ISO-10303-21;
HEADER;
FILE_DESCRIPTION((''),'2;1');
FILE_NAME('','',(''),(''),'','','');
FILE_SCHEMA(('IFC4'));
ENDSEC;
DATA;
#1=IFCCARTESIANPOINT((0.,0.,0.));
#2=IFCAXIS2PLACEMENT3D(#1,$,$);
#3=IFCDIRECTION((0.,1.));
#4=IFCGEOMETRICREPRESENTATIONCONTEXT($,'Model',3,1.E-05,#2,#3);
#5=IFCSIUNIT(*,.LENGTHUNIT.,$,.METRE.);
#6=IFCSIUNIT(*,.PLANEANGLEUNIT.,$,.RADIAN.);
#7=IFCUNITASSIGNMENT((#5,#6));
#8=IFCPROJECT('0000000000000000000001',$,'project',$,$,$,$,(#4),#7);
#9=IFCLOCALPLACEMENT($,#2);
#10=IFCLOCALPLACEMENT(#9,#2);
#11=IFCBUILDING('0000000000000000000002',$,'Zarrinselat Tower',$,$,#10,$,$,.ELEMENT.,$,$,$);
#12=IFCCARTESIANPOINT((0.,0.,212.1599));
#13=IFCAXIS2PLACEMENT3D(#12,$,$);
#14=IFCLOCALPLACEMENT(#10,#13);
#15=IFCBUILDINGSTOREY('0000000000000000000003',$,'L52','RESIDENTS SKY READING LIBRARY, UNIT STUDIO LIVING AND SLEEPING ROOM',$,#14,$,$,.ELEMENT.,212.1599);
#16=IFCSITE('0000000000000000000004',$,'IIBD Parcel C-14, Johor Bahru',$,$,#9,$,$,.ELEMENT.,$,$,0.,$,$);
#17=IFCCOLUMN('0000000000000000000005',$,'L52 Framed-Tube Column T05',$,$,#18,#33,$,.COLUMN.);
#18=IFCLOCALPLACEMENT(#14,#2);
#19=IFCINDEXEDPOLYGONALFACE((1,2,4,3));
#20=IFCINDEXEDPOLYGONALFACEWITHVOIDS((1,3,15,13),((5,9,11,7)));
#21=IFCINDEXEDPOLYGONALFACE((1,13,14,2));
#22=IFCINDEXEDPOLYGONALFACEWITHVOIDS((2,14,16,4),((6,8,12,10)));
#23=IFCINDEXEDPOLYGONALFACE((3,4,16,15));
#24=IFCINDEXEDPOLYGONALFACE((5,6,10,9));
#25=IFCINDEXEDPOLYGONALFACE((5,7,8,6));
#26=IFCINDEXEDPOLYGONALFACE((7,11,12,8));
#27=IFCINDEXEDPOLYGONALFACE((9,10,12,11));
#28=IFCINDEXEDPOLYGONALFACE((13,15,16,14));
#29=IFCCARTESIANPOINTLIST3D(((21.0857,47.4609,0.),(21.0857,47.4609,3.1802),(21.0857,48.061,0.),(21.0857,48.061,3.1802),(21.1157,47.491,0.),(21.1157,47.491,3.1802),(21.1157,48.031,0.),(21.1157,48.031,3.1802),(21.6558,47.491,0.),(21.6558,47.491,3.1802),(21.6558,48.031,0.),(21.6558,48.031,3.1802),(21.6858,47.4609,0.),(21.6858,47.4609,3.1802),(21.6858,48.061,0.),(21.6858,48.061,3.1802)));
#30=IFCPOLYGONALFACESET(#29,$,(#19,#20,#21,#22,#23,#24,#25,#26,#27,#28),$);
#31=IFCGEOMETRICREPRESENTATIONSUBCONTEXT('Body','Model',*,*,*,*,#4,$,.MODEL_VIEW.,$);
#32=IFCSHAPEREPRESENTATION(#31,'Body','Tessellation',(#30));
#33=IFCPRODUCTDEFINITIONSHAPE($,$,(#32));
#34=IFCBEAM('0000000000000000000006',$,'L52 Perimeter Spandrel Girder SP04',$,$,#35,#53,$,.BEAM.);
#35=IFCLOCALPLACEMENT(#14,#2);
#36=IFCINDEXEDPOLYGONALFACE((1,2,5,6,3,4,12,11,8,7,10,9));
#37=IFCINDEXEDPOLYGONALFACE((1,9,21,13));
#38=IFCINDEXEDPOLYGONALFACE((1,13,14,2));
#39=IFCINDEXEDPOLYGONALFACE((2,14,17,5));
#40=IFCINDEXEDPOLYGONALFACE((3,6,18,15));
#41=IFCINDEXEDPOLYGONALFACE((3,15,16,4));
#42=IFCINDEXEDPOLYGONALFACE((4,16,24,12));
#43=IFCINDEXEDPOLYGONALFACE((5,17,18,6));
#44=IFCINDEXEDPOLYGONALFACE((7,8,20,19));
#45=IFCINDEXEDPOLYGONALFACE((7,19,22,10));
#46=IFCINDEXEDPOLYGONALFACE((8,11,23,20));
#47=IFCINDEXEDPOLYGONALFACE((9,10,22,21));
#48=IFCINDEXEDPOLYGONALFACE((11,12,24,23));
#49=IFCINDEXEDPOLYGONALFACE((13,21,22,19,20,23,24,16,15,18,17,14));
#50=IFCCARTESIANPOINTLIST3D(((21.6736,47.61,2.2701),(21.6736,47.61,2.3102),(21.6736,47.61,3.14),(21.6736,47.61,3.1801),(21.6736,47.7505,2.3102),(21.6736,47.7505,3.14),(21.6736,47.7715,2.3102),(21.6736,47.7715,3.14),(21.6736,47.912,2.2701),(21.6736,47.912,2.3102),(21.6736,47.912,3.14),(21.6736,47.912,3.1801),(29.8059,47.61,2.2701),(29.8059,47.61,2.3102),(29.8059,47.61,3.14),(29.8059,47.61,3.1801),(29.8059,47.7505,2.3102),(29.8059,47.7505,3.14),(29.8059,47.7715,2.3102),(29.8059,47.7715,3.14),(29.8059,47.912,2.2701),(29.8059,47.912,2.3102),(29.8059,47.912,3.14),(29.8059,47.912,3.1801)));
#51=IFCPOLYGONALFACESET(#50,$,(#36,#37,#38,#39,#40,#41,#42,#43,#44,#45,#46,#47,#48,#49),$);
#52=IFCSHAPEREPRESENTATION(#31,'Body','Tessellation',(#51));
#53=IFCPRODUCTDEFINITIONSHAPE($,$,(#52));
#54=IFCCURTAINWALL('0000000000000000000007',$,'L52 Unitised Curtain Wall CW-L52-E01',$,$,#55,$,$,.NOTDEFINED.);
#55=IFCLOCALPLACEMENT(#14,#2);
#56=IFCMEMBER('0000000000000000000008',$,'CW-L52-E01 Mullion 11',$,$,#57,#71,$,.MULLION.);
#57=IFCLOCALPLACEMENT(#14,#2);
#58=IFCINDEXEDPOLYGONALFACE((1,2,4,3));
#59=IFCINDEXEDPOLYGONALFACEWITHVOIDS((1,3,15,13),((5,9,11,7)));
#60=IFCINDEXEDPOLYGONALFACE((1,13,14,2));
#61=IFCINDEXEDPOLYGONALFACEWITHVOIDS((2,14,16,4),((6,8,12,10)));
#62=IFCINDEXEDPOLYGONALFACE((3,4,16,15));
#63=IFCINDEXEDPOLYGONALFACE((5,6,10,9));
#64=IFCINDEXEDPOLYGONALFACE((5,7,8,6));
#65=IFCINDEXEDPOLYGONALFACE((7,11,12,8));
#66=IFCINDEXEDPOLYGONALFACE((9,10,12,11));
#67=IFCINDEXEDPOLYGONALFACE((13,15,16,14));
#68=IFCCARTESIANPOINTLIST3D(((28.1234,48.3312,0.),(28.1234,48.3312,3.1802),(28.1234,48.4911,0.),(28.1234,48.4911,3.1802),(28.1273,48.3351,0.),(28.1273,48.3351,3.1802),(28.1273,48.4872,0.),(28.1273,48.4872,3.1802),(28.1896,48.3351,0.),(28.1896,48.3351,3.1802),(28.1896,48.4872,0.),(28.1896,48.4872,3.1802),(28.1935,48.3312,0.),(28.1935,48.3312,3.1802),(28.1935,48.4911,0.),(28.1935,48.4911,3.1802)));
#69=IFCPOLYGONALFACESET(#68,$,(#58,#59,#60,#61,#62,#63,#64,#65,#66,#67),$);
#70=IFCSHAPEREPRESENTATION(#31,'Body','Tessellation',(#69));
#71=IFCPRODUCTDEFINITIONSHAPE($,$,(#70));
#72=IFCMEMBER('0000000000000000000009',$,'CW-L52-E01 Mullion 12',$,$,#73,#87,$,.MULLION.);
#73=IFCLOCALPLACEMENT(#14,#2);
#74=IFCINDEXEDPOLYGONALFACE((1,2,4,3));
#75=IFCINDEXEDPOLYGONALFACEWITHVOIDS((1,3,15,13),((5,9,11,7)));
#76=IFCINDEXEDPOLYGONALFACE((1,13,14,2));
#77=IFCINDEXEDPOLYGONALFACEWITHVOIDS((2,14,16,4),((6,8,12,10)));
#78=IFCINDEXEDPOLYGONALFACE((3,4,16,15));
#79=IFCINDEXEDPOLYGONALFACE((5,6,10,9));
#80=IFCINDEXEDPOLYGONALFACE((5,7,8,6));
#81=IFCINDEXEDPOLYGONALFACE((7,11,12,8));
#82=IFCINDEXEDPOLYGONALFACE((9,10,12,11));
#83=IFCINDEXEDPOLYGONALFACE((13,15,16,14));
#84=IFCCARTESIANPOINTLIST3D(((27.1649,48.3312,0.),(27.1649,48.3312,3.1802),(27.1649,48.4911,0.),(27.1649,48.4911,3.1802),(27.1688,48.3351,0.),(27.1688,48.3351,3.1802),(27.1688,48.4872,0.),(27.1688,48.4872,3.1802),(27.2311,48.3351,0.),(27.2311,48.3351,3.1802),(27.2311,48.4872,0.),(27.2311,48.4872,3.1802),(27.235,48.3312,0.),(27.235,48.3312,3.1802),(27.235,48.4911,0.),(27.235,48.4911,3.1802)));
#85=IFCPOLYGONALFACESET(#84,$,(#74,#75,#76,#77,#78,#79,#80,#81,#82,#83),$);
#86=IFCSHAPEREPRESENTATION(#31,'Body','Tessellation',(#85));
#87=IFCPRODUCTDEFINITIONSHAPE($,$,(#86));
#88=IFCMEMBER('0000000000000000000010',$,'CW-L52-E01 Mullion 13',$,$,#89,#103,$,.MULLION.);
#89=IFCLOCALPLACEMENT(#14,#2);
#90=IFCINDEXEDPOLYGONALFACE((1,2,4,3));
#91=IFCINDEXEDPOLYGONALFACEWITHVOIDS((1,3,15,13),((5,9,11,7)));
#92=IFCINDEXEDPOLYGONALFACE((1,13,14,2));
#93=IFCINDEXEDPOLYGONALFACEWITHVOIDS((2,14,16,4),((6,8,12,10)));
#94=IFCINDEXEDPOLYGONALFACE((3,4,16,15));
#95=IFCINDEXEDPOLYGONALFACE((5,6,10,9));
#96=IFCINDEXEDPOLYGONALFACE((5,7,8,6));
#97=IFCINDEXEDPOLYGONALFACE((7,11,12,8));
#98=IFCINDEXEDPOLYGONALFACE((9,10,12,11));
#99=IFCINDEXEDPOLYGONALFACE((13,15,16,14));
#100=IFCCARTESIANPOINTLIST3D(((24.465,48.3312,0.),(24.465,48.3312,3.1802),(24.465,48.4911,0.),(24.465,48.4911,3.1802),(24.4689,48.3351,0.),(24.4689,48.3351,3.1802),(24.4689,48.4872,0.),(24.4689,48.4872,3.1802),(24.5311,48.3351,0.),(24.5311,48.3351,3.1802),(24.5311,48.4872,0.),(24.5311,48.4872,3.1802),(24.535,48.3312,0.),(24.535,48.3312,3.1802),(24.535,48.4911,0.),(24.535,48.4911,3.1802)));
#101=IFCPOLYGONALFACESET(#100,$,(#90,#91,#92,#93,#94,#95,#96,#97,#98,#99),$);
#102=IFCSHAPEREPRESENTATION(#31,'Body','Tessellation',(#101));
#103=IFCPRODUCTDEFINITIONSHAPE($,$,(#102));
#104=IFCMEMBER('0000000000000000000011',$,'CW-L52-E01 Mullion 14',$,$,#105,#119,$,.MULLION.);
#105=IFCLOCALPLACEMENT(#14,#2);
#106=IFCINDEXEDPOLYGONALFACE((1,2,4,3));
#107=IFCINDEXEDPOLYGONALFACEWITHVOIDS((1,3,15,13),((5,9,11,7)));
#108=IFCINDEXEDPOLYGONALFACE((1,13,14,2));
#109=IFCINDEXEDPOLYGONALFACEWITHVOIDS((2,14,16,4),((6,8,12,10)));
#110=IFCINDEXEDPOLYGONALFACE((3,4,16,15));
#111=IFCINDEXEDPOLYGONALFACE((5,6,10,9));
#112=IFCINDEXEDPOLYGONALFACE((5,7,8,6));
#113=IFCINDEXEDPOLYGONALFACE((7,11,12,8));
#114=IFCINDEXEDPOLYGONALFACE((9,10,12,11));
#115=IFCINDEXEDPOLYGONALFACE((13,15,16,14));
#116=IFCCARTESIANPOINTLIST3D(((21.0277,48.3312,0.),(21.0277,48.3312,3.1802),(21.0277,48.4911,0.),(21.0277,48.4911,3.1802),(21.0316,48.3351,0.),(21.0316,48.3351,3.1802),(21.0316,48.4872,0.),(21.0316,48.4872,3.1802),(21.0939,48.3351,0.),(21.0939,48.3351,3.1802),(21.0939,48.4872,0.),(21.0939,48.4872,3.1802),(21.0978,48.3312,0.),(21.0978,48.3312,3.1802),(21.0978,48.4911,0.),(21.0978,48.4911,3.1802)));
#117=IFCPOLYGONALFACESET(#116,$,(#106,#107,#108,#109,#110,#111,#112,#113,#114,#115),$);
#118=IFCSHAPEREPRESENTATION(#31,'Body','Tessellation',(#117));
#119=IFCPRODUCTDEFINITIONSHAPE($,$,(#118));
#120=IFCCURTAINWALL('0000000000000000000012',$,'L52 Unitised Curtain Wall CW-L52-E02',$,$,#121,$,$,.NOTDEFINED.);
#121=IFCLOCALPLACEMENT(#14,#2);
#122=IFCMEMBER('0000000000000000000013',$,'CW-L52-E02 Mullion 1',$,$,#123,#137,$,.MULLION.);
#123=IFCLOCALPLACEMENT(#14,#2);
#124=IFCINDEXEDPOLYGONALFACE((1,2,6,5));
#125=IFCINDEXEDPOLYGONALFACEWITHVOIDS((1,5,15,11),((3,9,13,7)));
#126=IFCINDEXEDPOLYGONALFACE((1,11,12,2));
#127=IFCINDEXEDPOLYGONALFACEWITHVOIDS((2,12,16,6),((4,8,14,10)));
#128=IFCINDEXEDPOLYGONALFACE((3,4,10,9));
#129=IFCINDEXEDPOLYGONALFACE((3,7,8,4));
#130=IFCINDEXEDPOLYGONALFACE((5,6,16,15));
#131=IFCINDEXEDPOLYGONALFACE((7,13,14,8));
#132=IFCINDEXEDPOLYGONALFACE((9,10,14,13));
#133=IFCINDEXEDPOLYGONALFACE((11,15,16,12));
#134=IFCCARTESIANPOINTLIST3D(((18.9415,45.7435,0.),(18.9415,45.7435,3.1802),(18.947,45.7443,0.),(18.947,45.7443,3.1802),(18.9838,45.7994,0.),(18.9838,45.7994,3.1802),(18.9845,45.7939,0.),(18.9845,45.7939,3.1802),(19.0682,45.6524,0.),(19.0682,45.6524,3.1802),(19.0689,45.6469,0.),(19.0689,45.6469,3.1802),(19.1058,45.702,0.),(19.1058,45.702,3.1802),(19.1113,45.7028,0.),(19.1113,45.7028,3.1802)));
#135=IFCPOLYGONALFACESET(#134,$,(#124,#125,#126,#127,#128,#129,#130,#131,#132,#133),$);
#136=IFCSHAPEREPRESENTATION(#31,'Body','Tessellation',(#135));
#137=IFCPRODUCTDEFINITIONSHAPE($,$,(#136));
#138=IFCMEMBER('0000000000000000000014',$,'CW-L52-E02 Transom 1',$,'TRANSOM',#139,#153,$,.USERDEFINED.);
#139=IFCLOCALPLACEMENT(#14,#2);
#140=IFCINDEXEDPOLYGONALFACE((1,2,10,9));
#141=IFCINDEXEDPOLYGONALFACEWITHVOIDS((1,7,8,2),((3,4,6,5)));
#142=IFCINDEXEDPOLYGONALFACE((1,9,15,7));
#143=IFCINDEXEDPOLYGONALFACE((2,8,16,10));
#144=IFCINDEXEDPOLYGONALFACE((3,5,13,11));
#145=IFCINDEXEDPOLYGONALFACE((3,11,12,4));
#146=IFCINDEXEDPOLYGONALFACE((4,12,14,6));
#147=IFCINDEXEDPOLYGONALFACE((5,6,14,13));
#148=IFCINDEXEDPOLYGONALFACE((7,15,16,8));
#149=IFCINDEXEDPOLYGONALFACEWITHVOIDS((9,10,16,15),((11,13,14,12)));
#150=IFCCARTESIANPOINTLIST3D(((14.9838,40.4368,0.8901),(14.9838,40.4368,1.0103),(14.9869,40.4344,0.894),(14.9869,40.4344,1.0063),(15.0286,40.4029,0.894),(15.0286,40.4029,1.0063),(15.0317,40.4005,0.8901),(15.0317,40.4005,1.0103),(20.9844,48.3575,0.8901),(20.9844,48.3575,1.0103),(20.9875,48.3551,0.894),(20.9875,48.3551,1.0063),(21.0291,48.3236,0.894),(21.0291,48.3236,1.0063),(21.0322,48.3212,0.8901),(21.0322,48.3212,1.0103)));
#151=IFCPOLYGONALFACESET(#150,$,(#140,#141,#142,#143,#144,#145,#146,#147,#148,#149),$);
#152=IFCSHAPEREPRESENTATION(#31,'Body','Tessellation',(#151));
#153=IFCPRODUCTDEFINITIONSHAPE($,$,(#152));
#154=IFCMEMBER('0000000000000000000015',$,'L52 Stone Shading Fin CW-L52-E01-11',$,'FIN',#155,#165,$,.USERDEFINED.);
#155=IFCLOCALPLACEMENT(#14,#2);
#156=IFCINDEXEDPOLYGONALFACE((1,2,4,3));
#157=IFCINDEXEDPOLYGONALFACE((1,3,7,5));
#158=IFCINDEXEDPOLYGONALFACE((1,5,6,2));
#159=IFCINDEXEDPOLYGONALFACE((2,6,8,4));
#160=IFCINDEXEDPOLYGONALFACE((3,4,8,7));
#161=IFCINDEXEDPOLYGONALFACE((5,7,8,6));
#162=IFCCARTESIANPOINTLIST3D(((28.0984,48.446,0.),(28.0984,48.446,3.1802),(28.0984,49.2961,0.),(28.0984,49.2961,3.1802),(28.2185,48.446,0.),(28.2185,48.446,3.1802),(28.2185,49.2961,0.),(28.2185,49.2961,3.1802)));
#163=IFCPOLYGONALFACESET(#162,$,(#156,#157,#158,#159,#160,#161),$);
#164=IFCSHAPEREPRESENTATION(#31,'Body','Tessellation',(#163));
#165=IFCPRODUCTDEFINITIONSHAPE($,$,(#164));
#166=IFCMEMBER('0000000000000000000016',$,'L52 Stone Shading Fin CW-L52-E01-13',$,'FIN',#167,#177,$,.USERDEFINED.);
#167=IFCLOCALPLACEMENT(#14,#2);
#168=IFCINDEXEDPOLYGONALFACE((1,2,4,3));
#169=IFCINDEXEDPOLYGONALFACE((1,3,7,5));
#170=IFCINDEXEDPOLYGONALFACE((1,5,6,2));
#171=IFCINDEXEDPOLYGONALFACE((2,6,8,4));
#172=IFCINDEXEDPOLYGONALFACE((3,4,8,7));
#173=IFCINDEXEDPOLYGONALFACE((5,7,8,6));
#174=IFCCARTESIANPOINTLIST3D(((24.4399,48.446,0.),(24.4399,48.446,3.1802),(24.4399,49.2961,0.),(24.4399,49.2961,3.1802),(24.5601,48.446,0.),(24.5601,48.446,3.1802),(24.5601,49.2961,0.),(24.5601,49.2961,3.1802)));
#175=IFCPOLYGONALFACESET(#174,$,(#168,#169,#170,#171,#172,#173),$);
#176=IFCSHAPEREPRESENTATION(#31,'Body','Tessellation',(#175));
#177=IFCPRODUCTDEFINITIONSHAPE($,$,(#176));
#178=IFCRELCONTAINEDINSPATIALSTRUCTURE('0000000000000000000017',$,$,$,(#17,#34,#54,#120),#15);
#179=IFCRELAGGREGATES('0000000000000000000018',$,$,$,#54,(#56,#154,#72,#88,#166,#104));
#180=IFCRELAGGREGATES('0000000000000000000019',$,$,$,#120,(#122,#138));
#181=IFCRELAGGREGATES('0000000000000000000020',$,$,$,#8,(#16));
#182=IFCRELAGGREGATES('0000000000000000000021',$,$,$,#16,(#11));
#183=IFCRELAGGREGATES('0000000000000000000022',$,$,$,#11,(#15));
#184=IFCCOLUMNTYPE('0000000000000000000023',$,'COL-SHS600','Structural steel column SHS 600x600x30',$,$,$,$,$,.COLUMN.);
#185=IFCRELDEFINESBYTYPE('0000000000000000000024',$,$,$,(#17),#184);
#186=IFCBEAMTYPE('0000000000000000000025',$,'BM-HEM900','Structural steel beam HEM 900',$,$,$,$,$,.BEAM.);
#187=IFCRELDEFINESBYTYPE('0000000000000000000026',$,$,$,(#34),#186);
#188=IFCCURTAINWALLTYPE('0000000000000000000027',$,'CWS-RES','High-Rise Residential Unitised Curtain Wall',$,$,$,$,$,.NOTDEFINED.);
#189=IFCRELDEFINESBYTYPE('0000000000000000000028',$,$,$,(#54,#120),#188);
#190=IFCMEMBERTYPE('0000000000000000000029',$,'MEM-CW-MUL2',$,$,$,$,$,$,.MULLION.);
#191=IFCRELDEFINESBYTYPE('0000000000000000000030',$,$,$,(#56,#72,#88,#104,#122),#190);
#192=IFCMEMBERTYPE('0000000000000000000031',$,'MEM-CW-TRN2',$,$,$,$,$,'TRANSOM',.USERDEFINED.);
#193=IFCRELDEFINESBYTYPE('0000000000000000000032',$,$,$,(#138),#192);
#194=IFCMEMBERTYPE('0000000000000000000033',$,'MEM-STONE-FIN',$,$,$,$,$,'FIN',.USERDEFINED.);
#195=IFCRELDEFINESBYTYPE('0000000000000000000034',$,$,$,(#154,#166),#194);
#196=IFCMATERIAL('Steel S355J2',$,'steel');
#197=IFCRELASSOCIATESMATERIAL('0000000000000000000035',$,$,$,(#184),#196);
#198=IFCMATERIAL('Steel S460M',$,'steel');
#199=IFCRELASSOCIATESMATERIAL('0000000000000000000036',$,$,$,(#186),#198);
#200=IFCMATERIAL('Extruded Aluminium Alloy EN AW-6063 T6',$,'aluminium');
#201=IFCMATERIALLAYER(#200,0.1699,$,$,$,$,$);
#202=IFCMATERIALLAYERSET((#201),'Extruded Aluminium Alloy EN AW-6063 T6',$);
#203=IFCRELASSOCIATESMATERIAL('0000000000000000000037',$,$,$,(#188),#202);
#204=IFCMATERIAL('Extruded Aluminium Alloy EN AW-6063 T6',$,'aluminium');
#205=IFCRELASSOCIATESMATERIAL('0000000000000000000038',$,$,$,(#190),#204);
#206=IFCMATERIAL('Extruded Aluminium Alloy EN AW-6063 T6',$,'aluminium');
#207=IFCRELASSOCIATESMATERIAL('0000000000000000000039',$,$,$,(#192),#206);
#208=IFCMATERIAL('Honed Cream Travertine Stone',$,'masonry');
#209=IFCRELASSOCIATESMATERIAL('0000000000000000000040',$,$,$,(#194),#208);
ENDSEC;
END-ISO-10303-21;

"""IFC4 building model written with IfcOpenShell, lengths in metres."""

from ifc_helpers import new_model, si_unit, direction, frame, origin, origin_2d, place, context, subcontext, project, spatial, rectangle, hollow_rectangle, i_section, extrude, material, layer, layer_set, material_profile, profile_set, type_object, element, aggregate, save


model = new_model("IFC4")

# Units and contexts
model_context = context("Model", 3, precision=1e-05, world=origin(), true_north=direction((0.0, 1.0)))
body_context = subcontext(model_context, "Body", "Model", "MODEL_VIEW")
ifc_project = project(units=[si_unit("LENGTHUNIT", "METRE"), si_unit("PLANEANGLEUNIT", "RADIAN")], contexts=[model_context])

# Site, building, storey
site_placement = place(None, origin())
site = spatial("IfcSite", under=ifc_project, at=site_placement, Name="IIBD Parcel C-14, Johor Bahru", CompositionType="ELEMENT", RefElevation=0.0)
building_placement = place(site_placement, origin())
building = spatial("IfcBuilding", under=site, at=building_placement, Name="Zarrinselat Tower", CompositionType="ELEMENT")
storey_placement = place(building_placement, frame((0.0, 0.0, 212.1599)))
storey = spatial("IfcBuildingStorey", under=building, at=storey_placement, Name="L52", Description="RESIDENTS SKY READING LIBRARY, UNIT STUDIO LIVING AND SLEEPING ROOM", CompositionType="ELEMENT", Elevation=212.1599)

# Column
ifc_material_1 = material(Name="Steel S355J2", Category="steel")
ifc_material_profile_1 = material_profile(ifc_material_1, hollow_rectangle(XDim=0.6001, YDim=0.6001, WallThickness=0.03, at=origin_2d()), Name="SHS 600x600x30")
ifc_profile_set_1 = profile_set([ifc_material_profile_1], Name="Steel S355J2")
column_type = type_object("IfcColumnType", Name="COL-SHS600", Description="Structural steel column SHS 600x600x30", PredefinedType="COLUMN", material=ifc_profile_set_1)
column_placement = place(storey_placement, frame((21.3857, 47.761, 0.0), z_axis=(0.0, 0.0, 1.0), x_axis=(1.0, 0.0, 0.0)))
element("IfcColumn", 1, at=column_placement, inside=storey, type_object=column_type, Name="L52 Framed-Tube Column T05", PredefinedType="COLUMN", context=body_context, shape_type="SweptSolid", body=[
    extrude(hollow_rectangle(XDim=0.6001, YDim=0.6001, WallThickness=0.03, at=origin_2d()), origin(), (0.0, 0.0, 1.0), 3.1802),
])

# Beam
ifc_material_2 = material(Name="Steel S460M", Category="steel")
ifc_material_profile_2 = material_profile(ifc_material_2, i_section(OverallWidth=0.302, OverallDepth=0.9099, WebThickness=0.021, FlangeThickness=0.04, at=origin_2d()), Name="HEM 900")
ifc_profile_set_2 = profile_set([ifc_material_profile_2], Name="Steel S460M")
beam_type = type_object("IfcBeamType", Name="BM-HEM900", Description="Structural steel beam HEM 900", PredefinedType="BEAM", material=ifc_profile_set_2)
beam_placement = place(storey_placement, frame((21.6736, 47.761, 2.7251), z_axis=(1.0, 0.0, 0.0), x_axis=(0.0, 1.0, 0.0)))
element("IfcBeam", 2, at=beam_placement, inside=storey, type_object=beam_type, Name="L52 Perimeter Spandrel Girder SP04", PredefinedType="BEAM", context=body_context, shape_type="SweptSolid", body=[
    extrude(i_section(OverallWidth=0.302, OverallDepth=0.9099, WebThickness=0.021, FlangeThickness=0.04, at=origin_2d()), origin(), (0.0, 0.0, 1.0), 8.1323),
])

# Curtain walls, members
ifc_material_3 = material(Name="Extruded Aluminium Alloy EN AW-6063 T6", Category="aluminium")
ifc_layer_1 = layer(ifc_material_3, 0.1699)
ifc_layer_set_1 = layer_set([ifc_layer_1], Name="Extruded Aluminium Alloy EN AW-6063 T6")
curtain_wall_type = type_object("IfcCurtainWallType", Name="CWS-RES", Description="High-Rise Residential Unitised Curtain Wall", PredefinedType="NOTDEFINED", material=ifc_layer_set_1)
curtain_wall_1_placement = place(storey_placement, origin())
curtain_wall_1 = element("IfcCurtainWall", 3, at=curtain_wall_1_placement, inside=storey, type_object=curtain_wall_type, Name="L52 Unitised Curtain Wall CW-L52-E01", PredefinedType="NOTDEFINED")
ifc_material_4 = material(Name="Extruded Aluminium Alloy EN AW-6063 T6", Category="aluminium")
ifc_material_profile_3 = material_profile(ifc_material_4, hollow_rectangle(XDim=0.0701, YDim=0.1599, WallThickness=0.0039, at=origin_2d()), Name="RHS 160x70x4")
ifc_profile_set_3 = profile_set([ifc_material_profile_3], Name="Extruded Aluminium Alloy EN AW-6063 T6")
member_type_1 = type_object("IfcMemberType", Name="MEM-CW-MUL2", PredefinedType="MULLION", material=ifc_profile_set_3)
member_1_placement = place(storey_placement, frame((28.1584, 48.4111, 0.0), z_axis=(0.0, 0.0, 1.0), x_axis=(-1.0, 0.0, 0.0)))
member_1 = element("IfcMember", 4, at=member_1_placement, type_object=member_type_1, Name="CW-L52-E01 Mullion 11", PredefinedType="MULLION", context=body_context, shape_type="SweptSolid", body=[
    extrude(hollow_rectangle(XDim=0.0701, YDim=0.1599, WallThickness=0.0039, at=origin_2d()), origin(), (0.0, 0.0, 1.0), 3.1802),
])
member_2_placement = place(storey_placement, frame((27.2, 48.4111, 0.0), z_axis=(0.0, 0.0, 1.0), x_axis=(-1.0, 0.0, 0.0)))
member_2 = element("IfcMember", 5, at=member_2_placement, type_object=member_type_1, Name="CW-L52-E01 Mullion 12", PredefinedType="MULLION", context=body_context, shape_type="SweptSolid", body=[
    extrude(hollow_rectangle(XDim=0.0701, YDim=0.1599, WallThickness=0.0039, at=origin_2d()), origin(), (0.0, 0.0, 1.0), 3.1802),
])
member_3_placement = place(storey_placement, frame((24.5, 48.4111, 0.0), z_axis=(0.0, 0.0, 1.0), x_axis=(-1.0, 0.0, 0.0)))
member_3 = element("IfcMember", 6, at=member_3_placement, type_object=member_type_1, Name="CW-L52-E01 Mullion 13", PredefinedType="MULLION", context=body_context, shape_type="SweptSolid", body=[
    extrude(hollow_rectangle(XDim=0.0701, YDim=0.1599, WallThickness=0.0039, at=origin_2d()), origin(), (0.0, 0.0, 1.0), 3.1802),
])
member_4_placement = place(storey_placement, frame((21.0627, 48.4111, 0.0), z_axis=(0.0, 0.0, 1.0), x_axis=(-1.0, 0.0, 0.0)))
member_4 = element("IfcMember", 7, at=member_4_placement, type_object=member_type_1, Name="CW-L52-E01 Mullion 14", PredefinedType="MULLION", context=body_context, shape_type="SweptSolid", body=[
    extrude(hollow_rectangle(XDim=0.0701, YDim=0.1599, WallThickness=0.0039, at=origin_2d()), origin(), (0.0, 0.0, 1.0), 3.1802),
])
curtain_wall_2_placement = place(storey_placement, origin())
curtain_wall_2 = element("IfcCurtainWall", 8, at=curtain_wall_2_placement, inside=storey, type_object=curtain_wall_type, Name="L52 Unitised Curtain Wall CW-L52-E02", PredefinedType="NOTDEFINED")
member_5_placement = place(storey_placement, frame((19.0264, 45.7231, 0.0), z_axis=(0.0, 0.0, 1.0), x_axis=(-0.603854, -0.797095, 0.0)))
member_5 = element("IfcMember", 9, at=member_5_placement, type_object=member_type_1, Name="CW-L52-E02 Mullion 1", PredefinedType="MULLION", context=body_context, shape_type="SweptSolid", body=[
    extrude(hollow_rectangle(XDim=0.0701, YDim=0.1599, WallThickness=0.0039, at=origin_2d()), origin(), (0.0, 0.0, 1.0), 3.1802),
])
ifc_material_5 = material(Name="Extruded Aluminium Alloy EN AW-6063 T6", Category="aluminium")
ifc_material_profile_4 = material_profile(ifc_material_5, hollow_rectangle(XDim=0.0601, YDim=0.1201, WallThickness=0.0039, at=origin_2d()), Name="RHS 120x60x4")
ifc_profile_set_4 = profile_set([ifc_material_profile_4], Name="Extruded Aluminium Alloy EN AW-6063 T6")
member_type_2 = type_object("IfcMemberType", Name="MEM-CW-TRN2", ElementType="TRANSOM", PredefinedType="USERDEFINED", material=ifc_profile_set_4)
member_6_placement = place(storey_placement, frame((21.0083, 48.3394, 0.9502), z_axis=(-0.603857, -0.797093, 0.0), x_axis=(0.797093, -0.603857, 0.0)))
member_6 = element("IfcMember", 10, at=member_6_placement, type_object=member_type_2, Name="CW-L52-E02 Transom 1", ObjectType="TRANSOM", PredefinedType="USERDEFINED", context=body_context, shape_type="SweptSolid", body=[
    extrude(hollow_rectangle(XDim=0.0601, YDim=0.1201, WallThickness=0.0039, at=origin_2d()), origin(), (0.0, 0.0, 1.0), 9.937),
])

# Members
ifc_material_6 = material(Name="Honed Cream Travertine Stone", Category="masonry")
ifc_material_profile_5 = material_profile(ifc_material_6, rectangle(XDim=0.1201, YDim=0.8501, at=origin_2d()), Name="FIN 850x120")
ifc_profile_set_5 = profile_set([ifc_material_profile_5], Name="Honed Cream Travertine Stone")
member_type_3 = type_object("IfcMemberType", Name="MEM-STONE-FIN", ElementType="FIN", PredefinedType="USERDEFINED", material=ifc_profile_set_5)
member_7_placement = place(storey_placement, frame((28.1584, 48.8711, 0.0), z_axis=(0.0, 0.0, 1.0), x_axis=(1.0, 0.0, 0.0)))
member_7 = element("IfcMember", 11, at=member_7_placement, type_object=member_type_3, Name="L52 Stone Shading Fin CW-L52-E01-11", ObjectType="FIN", PredefinedType="USERDEFINED", context=body_context, shape_type="SweptSolid", body=[
    extrude(rectangle(XDim=0.1201, YDim=0.8501, at=origin_2d()), origin(), (0.0, 0.0, 1.0), 3.1802),
])
member_8_placement = place(storey_placement, frame((24.5, 48.8711, 0.0), z_axis=(0.0, 0.0, 1.0), x_axis=(1.0, 0.0, 0.0)))
member_8 = element("IfcMember", 12, at=member_8_placement, type_object=member_type_3, Name="L52 Stone Shading Fin CW-L52-E01-13", ObjectType="FIN", PredefinedType="USERDEFINED", context=body_context, shape_type="SweptSolid", body=[
    extrude(rectangle(XDim=0.1201, YDim=0.8501, at=origin_2d()), origin(), (0.0, 0.0, 1.0), 3.1802),
])

aggregate(curtain_wall_1, [member_1, member_7, member_2, member_3, member_8, member_4])
aggregate(curtain_wall_2, [member_5, member_6])

save(model, "model.ifc")
